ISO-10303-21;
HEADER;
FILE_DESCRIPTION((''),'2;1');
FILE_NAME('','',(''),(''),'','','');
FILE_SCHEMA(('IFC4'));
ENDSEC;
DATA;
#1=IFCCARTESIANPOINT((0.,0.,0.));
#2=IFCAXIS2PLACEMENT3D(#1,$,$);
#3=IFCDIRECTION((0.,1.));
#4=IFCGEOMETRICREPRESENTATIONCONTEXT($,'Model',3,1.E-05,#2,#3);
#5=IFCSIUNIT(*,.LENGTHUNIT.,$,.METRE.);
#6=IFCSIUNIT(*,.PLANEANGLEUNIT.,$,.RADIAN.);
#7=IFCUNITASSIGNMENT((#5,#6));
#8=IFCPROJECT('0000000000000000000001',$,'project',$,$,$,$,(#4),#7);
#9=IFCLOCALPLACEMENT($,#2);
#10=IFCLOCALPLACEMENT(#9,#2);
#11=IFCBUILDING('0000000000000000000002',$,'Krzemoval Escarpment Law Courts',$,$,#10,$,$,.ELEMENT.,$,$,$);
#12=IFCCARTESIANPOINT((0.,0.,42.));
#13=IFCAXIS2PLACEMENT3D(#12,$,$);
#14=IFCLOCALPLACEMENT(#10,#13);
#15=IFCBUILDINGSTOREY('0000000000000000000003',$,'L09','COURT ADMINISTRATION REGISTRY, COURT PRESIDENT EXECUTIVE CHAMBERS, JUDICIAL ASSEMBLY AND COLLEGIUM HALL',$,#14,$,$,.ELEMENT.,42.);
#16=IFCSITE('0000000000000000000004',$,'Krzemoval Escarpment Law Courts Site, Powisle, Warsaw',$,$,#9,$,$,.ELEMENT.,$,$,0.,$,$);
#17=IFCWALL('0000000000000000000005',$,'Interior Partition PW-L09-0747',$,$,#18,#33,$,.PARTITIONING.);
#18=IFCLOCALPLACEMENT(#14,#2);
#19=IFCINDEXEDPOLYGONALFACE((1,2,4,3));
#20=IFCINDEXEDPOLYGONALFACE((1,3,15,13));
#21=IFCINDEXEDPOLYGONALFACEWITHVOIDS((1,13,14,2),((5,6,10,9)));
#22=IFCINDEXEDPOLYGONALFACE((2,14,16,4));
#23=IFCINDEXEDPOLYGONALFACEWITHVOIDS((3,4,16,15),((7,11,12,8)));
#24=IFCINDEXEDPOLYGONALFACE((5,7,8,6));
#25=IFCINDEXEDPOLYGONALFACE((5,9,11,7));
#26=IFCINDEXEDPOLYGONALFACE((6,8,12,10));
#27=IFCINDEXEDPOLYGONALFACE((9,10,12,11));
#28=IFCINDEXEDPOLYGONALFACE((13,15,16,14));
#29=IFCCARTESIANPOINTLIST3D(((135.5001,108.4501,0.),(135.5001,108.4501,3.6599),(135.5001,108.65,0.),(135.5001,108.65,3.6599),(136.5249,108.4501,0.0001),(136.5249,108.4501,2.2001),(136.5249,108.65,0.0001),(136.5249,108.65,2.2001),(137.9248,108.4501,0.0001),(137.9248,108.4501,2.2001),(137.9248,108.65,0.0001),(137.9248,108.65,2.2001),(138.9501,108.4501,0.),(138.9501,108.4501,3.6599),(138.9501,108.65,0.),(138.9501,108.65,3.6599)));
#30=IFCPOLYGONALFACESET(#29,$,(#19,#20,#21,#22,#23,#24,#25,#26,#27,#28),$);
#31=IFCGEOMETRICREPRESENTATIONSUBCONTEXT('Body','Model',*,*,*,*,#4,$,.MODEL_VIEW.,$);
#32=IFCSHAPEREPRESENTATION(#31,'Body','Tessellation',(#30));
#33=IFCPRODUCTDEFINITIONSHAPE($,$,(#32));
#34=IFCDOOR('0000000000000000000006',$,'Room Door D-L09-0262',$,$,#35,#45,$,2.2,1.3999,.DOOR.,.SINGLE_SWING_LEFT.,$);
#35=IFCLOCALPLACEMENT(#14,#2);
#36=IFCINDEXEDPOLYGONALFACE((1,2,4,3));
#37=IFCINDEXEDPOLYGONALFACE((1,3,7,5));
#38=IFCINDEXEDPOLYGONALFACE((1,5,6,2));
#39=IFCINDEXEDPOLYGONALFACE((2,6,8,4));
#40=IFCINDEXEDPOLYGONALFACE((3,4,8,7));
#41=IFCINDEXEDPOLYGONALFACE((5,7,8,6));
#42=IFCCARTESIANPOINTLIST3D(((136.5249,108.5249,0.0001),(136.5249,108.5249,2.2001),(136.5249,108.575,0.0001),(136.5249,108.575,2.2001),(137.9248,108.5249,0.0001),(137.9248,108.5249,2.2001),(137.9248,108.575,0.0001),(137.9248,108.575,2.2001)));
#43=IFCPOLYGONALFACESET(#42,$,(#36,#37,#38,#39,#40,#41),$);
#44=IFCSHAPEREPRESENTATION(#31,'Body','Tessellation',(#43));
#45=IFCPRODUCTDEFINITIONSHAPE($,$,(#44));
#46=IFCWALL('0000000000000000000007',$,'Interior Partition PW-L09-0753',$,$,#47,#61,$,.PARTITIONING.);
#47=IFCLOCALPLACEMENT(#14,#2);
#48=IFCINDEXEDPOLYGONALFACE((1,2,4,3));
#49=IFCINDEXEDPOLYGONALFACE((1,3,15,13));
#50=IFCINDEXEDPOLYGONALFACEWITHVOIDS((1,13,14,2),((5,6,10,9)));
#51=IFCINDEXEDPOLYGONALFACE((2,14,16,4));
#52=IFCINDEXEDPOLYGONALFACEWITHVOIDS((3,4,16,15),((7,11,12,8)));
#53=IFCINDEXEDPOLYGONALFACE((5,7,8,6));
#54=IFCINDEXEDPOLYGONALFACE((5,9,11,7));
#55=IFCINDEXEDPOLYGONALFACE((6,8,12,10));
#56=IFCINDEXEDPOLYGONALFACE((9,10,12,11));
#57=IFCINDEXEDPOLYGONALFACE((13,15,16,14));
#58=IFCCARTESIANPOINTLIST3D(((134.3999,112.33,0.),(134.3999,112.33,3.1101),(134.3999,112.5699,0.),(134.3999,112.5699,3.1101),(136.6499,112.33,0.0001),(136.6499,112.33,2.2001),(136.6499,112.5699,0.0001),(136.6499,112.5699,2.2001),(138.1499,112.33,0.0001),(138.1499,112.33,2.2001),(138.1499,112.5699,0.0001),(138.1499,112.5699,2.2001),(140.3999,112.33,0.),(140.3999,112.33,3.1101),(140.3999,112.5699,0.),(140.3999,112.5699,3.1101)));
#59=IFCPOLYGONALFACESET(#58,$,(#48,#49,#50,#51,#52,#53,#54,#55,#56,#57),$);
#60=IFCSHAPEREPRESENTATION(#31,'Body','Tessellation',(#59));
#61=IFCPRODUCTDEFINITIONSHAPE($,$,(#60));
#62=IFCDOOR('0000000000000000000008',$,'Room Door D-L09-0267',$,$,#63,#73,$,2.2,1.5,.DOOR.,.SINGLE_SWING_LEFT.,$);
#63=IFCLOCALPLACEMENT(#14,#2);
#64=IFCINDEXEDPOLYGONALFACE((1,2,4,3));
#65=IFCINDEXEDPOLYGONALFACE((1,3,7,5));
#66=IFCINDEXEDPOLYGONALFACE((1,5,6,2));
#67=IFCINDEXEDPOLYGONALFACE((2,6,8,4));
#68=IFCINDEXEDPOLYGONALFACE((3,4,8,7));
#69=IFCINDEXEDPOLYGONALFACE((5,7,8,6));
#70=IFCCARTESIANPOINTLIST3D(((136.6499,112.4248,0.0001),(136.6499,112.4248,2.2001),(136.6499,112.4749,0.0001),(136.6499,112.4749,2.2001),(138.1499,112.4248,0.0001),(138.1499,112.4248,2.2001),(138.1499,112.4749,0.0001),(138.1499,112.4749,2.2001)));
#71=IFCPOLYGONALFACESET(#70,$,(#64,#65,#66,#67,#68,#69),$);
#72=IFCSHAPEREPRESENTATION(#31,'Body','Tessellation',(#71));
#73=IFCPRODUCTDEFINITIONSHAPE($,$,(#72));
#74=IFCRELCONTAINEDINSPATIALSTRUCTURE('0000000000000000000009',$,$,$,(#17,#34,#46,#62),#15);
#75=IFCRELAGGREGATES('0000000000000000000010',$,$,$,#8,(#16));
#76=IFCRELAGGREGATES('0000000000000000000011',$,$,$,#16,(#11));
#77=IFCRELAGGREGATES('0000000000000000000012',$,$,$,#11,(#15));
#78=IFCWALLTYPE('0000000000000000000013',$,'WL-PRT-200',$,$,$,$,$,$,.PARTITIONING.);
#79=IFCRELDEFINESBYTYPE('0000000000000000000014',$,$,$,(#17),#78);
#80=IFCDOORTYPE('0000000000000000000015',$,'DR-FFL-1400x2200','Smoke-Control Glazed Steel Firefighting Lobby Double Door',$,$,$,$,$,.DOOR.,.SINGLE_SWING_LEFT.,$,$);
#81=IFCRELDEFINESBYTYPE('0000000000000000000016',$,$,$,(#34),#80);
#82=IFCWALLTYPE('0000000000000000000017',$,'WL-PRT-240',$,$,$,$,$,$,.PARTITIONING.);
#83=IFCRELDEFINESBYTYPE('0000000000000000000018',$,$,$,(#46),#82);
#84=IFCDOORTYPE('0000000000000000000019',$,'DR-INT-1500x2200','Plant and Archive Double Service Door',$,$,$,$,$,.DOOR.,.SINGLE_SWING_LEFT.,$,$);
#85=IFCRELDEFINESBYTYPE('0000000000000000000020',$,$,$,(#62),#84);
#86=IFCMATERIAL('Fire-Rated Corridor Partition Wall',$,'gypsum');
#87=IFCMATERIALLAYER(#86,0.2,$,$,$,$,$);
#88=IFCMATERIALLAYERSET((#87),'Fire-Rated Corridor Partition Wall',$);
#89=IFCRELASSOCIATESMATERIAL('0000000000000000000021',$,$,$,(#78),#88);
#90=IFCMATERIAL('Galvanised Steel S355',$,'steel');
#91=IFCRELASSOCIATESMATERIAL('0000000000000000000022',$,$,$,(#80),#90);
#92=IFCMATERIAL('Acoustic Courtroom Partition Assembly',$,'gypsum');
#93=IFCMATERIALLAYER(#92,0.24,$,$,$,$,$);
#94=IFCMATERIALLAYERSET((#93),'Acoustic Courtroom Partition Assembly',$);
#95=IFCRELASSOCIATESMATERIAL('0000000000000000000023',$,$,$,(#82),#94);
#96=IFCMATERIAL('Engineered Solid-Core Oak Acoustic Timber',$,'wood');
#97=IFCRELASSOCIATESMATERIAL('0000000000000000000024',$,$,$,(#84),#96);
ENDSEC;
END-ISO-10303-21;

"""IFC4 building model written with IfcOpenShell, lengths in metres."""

from ifc_helpers import new_model, si_unit, direction, frame, frame_2d, origin, place, context, subcontext, project, spatial, rectangle, extrude, material, layer, layer_set, type_object, element, fill, save


model = new_model("IFC4")

# Units and contexts
model_context = context("Model", 3, precision=1e-05, world=origin(), true_north=direction((0.0, 1.0)))
body_context = subcontext(model_context, "Body", "Model", "MODEL_VIEW")
ifc_project = project(units=[si_unit("LENGTHUNIT", "METRE"), si_unit("PLANEANGLEUNIT", "RADIAN")], contexts=[model_context])

# Site, building, storey
site_placement = place(None, origin())
site = spatial("IfcSite", under=ifc_project, at=site_placement, Name="Krzemoval Escarpment Law Courts Site, Powisle, Warsaw", CompositionType="ELEMENT", RefElevation=0.0)
building_placement = place(site_placement, origin())
building = spatial("IfcBuilding", under=site, at=building_placement, Name="Krzemoval Escarpment Law Courts", CompositionType="ELEMENT")
storey_placement = place(building_placement, frame((0.0, 0.0, 42.0)))
storey = spatial("IfcBuildingStorey", under=building, at=storey_placement, Name="L09", Description="COURT ADMINISTRATION REGISTRY, COURT PRESIDENT EXECUTIVE CHAMBERS, JUDICIAL ASSEMBLY AND COLLEGIUM HALL", CompositionType="ELEMENT", Elevation=42.0)

# Walls, openings, doors
ifc_material_1 = material(Name="Fire-Rated Corridor Partition Wall", Category="gypsum")
ifc_layer_1 = layer(ifc_material_1, 0.2)
ifc_layer_set_1 = layer_set([ifc_layer_1], Name="Fire-Rated Corridor Partition Wall")
wall_type_1 = type_object("IfcWallType", Name="WL-PRT-200", PredefinedType="PARTITIONING", material=ifc_layer_set_1)
wall_1_placement = place(storey_placement, frame((135.5, 108.55, 0.0), z_axis=(0.0, 0.0, 1.0), x_axis=(1.0, 0.0, 0.0)))
wall_1 = element("IfcWall", 1, at=wall_1_placement, inside=storey, type_object=wall_type_1, Name="Interior Partition PW-L09-0747", PredefinedType="PARTITIONING", context=body_context, shape_type="SweptSolid", body=[
    extrude(rectangle(XDim=3.45, YDim=0.2, at=frame_2d((1.7251, 0.0))), origin(), (0.0, 0.0, 1.0), 3.6599),
])
opening_1_placement = place(wall_1_placement, frame((1.0249, 0.0, 0.0)))
opening_1 = element("IfcOpeningElement", 2, at=opening_1_placement, cuts=wall_1, PredefinedType="OPENING", context=body_context, shape_type="SweptSolid", body=[
    extrude(rectangle(XDim=1.3999, YDim=2.2, at=frame_2d((0.7, 1.1001))), frame((0.0, 0.115, 0.0), z_axis=(0.0, -1.0, 0.0), x_axis=(1.0, 0.0, 0.0)), (0.0, 0.0, 1.0), 0.2299),
])
ifc_material_2 = material(Name="Galvanised Steel S355", Category="steel")
door_type_1 = type_object("IfcDoorType", Name="DR-FFL-1400x2200", Description="Smoke-Control Glazed Steel Firefighting Lobby Double Door", OperationType="SINGLE_SWING_LEFT", PredefinedType="DOOR", material=ifc_material_2)
door_1_placement = place(opening_1_placement, origin())
door_1 = element("IfcDoor", 3, at=door_1_placement, inside=storey, type_object=door_type_1, Name="Room Door D-L09-0262", OperationType="SINGLE_SWING_LEFT", OverallHeight=2.2, OverallWidth=1.3999, PredefinedType="DOOR", context=body_context, shape_type="SweptSolid", body=[
    extrude(rectangle(XDim=1.3999, YDim=2.2, at=frame_2d((0.7, 1.1001))), frame((0.0, 0.0249, 0.0), z_axis=(0.0, -1.0, 0.0), x_axis=(1.0, 0.0, 0.0)), (0.0, 0.0, 1.0), 0.05),
])
fill(opening_1, door_1)
ifc_material_3 = material(Name="Acoustic Courtroom Partition Assembly", Category="gypsum")
ifc_layer_2 = layer(ifc_material_3, 0.24)
ifc_layer_set_2 = layer_set([ifc_layer_2], Name="Acoustic Courtroom Partition Assembly")
wall_type_2 = type_object("IfcWallType", Name="WL-PRT-240", PredefinedType="PARTITIONING", material=ifc_layer_set_2)
wall_2_placement = place(storey_placement, frame((134.3999, 112.45, 0.0), z_axis=(0.0, 0.0, 1.0), x_axis=(1.0, 0.0, 0.0)))
wall_2 = element("IfcWall", 4, at=wall_2_placement, inside=storey, type_object=wall_type_2, Name="Interior Partition PW-L09-0753", PredefinedType="PARTITIONING", context=body_context, shape_type="SweptSolid", body=[
    extrude(rectangle(XDim=6.0, YDim=0.24, at=frame_2d((3.0, 0.0))), origin(), (0.0, 0.0, 1.0), 3.1101),
])
opening_2_placement = place(wall_2_placement, frame((2.25, 0.0, 0.0)))
opening_2 = element("IfcOpeningElement", 5, at=opening_2_placement, cuts=wall_2, PredefinedType="OPENING", context=body_context, shape_type="SweptSolid", body=[
    extrude(rectangle(XDim=1.5, YDim=2.2, at=frame_2d((0.75, 1.1001))), frame((0.0, 0.135, 0.0), z_axis=(0.0, -1.0, 0.0), x_axis=(1.0, 0.0, 0.0)), (0.0, 0.0, 1.0), 0.27),
])
ifc_material_4 = material(Name="Engineered Solid-Core Oak Acoustic Timber", Category="wood")
door_type_2 = type_object("IfcDoorType", Name="DR-INT-1500x2200", Description="Plant and Archive Double Service Door", OperationType="SINGLE_SWING_LEFT", PredefinedType="DOOR", material=ifc_material_4)
door_2_placement = place(opening_2_placement, origin())
door_2 = element("IfcDoor", 6, at=door_2_placement, inside=storey, type_object=door_type_2, Name="Room Door D-L09-0267", OperationType="SINGLE_SWING_LEFT", OverallHeight=2.2, OverallWidth=1.5, PredefinedType="DOOR", context=body_context, shape_type="SweptSolid", body=[
    extrude(rectangle(XDim=1.5, YDim=2.2, at=frame_2d((0.75, 1.1001))), frame((0.0, 0.0249, 0.0), z_axis=(0.0, -1.0, 0.0), x_axis=(1.0, 0.0, 0.0)), (0.0, 0.0, 1.0), 0.05),
])
fill(opening_2, door_2)

save(model, "model.ifc")
